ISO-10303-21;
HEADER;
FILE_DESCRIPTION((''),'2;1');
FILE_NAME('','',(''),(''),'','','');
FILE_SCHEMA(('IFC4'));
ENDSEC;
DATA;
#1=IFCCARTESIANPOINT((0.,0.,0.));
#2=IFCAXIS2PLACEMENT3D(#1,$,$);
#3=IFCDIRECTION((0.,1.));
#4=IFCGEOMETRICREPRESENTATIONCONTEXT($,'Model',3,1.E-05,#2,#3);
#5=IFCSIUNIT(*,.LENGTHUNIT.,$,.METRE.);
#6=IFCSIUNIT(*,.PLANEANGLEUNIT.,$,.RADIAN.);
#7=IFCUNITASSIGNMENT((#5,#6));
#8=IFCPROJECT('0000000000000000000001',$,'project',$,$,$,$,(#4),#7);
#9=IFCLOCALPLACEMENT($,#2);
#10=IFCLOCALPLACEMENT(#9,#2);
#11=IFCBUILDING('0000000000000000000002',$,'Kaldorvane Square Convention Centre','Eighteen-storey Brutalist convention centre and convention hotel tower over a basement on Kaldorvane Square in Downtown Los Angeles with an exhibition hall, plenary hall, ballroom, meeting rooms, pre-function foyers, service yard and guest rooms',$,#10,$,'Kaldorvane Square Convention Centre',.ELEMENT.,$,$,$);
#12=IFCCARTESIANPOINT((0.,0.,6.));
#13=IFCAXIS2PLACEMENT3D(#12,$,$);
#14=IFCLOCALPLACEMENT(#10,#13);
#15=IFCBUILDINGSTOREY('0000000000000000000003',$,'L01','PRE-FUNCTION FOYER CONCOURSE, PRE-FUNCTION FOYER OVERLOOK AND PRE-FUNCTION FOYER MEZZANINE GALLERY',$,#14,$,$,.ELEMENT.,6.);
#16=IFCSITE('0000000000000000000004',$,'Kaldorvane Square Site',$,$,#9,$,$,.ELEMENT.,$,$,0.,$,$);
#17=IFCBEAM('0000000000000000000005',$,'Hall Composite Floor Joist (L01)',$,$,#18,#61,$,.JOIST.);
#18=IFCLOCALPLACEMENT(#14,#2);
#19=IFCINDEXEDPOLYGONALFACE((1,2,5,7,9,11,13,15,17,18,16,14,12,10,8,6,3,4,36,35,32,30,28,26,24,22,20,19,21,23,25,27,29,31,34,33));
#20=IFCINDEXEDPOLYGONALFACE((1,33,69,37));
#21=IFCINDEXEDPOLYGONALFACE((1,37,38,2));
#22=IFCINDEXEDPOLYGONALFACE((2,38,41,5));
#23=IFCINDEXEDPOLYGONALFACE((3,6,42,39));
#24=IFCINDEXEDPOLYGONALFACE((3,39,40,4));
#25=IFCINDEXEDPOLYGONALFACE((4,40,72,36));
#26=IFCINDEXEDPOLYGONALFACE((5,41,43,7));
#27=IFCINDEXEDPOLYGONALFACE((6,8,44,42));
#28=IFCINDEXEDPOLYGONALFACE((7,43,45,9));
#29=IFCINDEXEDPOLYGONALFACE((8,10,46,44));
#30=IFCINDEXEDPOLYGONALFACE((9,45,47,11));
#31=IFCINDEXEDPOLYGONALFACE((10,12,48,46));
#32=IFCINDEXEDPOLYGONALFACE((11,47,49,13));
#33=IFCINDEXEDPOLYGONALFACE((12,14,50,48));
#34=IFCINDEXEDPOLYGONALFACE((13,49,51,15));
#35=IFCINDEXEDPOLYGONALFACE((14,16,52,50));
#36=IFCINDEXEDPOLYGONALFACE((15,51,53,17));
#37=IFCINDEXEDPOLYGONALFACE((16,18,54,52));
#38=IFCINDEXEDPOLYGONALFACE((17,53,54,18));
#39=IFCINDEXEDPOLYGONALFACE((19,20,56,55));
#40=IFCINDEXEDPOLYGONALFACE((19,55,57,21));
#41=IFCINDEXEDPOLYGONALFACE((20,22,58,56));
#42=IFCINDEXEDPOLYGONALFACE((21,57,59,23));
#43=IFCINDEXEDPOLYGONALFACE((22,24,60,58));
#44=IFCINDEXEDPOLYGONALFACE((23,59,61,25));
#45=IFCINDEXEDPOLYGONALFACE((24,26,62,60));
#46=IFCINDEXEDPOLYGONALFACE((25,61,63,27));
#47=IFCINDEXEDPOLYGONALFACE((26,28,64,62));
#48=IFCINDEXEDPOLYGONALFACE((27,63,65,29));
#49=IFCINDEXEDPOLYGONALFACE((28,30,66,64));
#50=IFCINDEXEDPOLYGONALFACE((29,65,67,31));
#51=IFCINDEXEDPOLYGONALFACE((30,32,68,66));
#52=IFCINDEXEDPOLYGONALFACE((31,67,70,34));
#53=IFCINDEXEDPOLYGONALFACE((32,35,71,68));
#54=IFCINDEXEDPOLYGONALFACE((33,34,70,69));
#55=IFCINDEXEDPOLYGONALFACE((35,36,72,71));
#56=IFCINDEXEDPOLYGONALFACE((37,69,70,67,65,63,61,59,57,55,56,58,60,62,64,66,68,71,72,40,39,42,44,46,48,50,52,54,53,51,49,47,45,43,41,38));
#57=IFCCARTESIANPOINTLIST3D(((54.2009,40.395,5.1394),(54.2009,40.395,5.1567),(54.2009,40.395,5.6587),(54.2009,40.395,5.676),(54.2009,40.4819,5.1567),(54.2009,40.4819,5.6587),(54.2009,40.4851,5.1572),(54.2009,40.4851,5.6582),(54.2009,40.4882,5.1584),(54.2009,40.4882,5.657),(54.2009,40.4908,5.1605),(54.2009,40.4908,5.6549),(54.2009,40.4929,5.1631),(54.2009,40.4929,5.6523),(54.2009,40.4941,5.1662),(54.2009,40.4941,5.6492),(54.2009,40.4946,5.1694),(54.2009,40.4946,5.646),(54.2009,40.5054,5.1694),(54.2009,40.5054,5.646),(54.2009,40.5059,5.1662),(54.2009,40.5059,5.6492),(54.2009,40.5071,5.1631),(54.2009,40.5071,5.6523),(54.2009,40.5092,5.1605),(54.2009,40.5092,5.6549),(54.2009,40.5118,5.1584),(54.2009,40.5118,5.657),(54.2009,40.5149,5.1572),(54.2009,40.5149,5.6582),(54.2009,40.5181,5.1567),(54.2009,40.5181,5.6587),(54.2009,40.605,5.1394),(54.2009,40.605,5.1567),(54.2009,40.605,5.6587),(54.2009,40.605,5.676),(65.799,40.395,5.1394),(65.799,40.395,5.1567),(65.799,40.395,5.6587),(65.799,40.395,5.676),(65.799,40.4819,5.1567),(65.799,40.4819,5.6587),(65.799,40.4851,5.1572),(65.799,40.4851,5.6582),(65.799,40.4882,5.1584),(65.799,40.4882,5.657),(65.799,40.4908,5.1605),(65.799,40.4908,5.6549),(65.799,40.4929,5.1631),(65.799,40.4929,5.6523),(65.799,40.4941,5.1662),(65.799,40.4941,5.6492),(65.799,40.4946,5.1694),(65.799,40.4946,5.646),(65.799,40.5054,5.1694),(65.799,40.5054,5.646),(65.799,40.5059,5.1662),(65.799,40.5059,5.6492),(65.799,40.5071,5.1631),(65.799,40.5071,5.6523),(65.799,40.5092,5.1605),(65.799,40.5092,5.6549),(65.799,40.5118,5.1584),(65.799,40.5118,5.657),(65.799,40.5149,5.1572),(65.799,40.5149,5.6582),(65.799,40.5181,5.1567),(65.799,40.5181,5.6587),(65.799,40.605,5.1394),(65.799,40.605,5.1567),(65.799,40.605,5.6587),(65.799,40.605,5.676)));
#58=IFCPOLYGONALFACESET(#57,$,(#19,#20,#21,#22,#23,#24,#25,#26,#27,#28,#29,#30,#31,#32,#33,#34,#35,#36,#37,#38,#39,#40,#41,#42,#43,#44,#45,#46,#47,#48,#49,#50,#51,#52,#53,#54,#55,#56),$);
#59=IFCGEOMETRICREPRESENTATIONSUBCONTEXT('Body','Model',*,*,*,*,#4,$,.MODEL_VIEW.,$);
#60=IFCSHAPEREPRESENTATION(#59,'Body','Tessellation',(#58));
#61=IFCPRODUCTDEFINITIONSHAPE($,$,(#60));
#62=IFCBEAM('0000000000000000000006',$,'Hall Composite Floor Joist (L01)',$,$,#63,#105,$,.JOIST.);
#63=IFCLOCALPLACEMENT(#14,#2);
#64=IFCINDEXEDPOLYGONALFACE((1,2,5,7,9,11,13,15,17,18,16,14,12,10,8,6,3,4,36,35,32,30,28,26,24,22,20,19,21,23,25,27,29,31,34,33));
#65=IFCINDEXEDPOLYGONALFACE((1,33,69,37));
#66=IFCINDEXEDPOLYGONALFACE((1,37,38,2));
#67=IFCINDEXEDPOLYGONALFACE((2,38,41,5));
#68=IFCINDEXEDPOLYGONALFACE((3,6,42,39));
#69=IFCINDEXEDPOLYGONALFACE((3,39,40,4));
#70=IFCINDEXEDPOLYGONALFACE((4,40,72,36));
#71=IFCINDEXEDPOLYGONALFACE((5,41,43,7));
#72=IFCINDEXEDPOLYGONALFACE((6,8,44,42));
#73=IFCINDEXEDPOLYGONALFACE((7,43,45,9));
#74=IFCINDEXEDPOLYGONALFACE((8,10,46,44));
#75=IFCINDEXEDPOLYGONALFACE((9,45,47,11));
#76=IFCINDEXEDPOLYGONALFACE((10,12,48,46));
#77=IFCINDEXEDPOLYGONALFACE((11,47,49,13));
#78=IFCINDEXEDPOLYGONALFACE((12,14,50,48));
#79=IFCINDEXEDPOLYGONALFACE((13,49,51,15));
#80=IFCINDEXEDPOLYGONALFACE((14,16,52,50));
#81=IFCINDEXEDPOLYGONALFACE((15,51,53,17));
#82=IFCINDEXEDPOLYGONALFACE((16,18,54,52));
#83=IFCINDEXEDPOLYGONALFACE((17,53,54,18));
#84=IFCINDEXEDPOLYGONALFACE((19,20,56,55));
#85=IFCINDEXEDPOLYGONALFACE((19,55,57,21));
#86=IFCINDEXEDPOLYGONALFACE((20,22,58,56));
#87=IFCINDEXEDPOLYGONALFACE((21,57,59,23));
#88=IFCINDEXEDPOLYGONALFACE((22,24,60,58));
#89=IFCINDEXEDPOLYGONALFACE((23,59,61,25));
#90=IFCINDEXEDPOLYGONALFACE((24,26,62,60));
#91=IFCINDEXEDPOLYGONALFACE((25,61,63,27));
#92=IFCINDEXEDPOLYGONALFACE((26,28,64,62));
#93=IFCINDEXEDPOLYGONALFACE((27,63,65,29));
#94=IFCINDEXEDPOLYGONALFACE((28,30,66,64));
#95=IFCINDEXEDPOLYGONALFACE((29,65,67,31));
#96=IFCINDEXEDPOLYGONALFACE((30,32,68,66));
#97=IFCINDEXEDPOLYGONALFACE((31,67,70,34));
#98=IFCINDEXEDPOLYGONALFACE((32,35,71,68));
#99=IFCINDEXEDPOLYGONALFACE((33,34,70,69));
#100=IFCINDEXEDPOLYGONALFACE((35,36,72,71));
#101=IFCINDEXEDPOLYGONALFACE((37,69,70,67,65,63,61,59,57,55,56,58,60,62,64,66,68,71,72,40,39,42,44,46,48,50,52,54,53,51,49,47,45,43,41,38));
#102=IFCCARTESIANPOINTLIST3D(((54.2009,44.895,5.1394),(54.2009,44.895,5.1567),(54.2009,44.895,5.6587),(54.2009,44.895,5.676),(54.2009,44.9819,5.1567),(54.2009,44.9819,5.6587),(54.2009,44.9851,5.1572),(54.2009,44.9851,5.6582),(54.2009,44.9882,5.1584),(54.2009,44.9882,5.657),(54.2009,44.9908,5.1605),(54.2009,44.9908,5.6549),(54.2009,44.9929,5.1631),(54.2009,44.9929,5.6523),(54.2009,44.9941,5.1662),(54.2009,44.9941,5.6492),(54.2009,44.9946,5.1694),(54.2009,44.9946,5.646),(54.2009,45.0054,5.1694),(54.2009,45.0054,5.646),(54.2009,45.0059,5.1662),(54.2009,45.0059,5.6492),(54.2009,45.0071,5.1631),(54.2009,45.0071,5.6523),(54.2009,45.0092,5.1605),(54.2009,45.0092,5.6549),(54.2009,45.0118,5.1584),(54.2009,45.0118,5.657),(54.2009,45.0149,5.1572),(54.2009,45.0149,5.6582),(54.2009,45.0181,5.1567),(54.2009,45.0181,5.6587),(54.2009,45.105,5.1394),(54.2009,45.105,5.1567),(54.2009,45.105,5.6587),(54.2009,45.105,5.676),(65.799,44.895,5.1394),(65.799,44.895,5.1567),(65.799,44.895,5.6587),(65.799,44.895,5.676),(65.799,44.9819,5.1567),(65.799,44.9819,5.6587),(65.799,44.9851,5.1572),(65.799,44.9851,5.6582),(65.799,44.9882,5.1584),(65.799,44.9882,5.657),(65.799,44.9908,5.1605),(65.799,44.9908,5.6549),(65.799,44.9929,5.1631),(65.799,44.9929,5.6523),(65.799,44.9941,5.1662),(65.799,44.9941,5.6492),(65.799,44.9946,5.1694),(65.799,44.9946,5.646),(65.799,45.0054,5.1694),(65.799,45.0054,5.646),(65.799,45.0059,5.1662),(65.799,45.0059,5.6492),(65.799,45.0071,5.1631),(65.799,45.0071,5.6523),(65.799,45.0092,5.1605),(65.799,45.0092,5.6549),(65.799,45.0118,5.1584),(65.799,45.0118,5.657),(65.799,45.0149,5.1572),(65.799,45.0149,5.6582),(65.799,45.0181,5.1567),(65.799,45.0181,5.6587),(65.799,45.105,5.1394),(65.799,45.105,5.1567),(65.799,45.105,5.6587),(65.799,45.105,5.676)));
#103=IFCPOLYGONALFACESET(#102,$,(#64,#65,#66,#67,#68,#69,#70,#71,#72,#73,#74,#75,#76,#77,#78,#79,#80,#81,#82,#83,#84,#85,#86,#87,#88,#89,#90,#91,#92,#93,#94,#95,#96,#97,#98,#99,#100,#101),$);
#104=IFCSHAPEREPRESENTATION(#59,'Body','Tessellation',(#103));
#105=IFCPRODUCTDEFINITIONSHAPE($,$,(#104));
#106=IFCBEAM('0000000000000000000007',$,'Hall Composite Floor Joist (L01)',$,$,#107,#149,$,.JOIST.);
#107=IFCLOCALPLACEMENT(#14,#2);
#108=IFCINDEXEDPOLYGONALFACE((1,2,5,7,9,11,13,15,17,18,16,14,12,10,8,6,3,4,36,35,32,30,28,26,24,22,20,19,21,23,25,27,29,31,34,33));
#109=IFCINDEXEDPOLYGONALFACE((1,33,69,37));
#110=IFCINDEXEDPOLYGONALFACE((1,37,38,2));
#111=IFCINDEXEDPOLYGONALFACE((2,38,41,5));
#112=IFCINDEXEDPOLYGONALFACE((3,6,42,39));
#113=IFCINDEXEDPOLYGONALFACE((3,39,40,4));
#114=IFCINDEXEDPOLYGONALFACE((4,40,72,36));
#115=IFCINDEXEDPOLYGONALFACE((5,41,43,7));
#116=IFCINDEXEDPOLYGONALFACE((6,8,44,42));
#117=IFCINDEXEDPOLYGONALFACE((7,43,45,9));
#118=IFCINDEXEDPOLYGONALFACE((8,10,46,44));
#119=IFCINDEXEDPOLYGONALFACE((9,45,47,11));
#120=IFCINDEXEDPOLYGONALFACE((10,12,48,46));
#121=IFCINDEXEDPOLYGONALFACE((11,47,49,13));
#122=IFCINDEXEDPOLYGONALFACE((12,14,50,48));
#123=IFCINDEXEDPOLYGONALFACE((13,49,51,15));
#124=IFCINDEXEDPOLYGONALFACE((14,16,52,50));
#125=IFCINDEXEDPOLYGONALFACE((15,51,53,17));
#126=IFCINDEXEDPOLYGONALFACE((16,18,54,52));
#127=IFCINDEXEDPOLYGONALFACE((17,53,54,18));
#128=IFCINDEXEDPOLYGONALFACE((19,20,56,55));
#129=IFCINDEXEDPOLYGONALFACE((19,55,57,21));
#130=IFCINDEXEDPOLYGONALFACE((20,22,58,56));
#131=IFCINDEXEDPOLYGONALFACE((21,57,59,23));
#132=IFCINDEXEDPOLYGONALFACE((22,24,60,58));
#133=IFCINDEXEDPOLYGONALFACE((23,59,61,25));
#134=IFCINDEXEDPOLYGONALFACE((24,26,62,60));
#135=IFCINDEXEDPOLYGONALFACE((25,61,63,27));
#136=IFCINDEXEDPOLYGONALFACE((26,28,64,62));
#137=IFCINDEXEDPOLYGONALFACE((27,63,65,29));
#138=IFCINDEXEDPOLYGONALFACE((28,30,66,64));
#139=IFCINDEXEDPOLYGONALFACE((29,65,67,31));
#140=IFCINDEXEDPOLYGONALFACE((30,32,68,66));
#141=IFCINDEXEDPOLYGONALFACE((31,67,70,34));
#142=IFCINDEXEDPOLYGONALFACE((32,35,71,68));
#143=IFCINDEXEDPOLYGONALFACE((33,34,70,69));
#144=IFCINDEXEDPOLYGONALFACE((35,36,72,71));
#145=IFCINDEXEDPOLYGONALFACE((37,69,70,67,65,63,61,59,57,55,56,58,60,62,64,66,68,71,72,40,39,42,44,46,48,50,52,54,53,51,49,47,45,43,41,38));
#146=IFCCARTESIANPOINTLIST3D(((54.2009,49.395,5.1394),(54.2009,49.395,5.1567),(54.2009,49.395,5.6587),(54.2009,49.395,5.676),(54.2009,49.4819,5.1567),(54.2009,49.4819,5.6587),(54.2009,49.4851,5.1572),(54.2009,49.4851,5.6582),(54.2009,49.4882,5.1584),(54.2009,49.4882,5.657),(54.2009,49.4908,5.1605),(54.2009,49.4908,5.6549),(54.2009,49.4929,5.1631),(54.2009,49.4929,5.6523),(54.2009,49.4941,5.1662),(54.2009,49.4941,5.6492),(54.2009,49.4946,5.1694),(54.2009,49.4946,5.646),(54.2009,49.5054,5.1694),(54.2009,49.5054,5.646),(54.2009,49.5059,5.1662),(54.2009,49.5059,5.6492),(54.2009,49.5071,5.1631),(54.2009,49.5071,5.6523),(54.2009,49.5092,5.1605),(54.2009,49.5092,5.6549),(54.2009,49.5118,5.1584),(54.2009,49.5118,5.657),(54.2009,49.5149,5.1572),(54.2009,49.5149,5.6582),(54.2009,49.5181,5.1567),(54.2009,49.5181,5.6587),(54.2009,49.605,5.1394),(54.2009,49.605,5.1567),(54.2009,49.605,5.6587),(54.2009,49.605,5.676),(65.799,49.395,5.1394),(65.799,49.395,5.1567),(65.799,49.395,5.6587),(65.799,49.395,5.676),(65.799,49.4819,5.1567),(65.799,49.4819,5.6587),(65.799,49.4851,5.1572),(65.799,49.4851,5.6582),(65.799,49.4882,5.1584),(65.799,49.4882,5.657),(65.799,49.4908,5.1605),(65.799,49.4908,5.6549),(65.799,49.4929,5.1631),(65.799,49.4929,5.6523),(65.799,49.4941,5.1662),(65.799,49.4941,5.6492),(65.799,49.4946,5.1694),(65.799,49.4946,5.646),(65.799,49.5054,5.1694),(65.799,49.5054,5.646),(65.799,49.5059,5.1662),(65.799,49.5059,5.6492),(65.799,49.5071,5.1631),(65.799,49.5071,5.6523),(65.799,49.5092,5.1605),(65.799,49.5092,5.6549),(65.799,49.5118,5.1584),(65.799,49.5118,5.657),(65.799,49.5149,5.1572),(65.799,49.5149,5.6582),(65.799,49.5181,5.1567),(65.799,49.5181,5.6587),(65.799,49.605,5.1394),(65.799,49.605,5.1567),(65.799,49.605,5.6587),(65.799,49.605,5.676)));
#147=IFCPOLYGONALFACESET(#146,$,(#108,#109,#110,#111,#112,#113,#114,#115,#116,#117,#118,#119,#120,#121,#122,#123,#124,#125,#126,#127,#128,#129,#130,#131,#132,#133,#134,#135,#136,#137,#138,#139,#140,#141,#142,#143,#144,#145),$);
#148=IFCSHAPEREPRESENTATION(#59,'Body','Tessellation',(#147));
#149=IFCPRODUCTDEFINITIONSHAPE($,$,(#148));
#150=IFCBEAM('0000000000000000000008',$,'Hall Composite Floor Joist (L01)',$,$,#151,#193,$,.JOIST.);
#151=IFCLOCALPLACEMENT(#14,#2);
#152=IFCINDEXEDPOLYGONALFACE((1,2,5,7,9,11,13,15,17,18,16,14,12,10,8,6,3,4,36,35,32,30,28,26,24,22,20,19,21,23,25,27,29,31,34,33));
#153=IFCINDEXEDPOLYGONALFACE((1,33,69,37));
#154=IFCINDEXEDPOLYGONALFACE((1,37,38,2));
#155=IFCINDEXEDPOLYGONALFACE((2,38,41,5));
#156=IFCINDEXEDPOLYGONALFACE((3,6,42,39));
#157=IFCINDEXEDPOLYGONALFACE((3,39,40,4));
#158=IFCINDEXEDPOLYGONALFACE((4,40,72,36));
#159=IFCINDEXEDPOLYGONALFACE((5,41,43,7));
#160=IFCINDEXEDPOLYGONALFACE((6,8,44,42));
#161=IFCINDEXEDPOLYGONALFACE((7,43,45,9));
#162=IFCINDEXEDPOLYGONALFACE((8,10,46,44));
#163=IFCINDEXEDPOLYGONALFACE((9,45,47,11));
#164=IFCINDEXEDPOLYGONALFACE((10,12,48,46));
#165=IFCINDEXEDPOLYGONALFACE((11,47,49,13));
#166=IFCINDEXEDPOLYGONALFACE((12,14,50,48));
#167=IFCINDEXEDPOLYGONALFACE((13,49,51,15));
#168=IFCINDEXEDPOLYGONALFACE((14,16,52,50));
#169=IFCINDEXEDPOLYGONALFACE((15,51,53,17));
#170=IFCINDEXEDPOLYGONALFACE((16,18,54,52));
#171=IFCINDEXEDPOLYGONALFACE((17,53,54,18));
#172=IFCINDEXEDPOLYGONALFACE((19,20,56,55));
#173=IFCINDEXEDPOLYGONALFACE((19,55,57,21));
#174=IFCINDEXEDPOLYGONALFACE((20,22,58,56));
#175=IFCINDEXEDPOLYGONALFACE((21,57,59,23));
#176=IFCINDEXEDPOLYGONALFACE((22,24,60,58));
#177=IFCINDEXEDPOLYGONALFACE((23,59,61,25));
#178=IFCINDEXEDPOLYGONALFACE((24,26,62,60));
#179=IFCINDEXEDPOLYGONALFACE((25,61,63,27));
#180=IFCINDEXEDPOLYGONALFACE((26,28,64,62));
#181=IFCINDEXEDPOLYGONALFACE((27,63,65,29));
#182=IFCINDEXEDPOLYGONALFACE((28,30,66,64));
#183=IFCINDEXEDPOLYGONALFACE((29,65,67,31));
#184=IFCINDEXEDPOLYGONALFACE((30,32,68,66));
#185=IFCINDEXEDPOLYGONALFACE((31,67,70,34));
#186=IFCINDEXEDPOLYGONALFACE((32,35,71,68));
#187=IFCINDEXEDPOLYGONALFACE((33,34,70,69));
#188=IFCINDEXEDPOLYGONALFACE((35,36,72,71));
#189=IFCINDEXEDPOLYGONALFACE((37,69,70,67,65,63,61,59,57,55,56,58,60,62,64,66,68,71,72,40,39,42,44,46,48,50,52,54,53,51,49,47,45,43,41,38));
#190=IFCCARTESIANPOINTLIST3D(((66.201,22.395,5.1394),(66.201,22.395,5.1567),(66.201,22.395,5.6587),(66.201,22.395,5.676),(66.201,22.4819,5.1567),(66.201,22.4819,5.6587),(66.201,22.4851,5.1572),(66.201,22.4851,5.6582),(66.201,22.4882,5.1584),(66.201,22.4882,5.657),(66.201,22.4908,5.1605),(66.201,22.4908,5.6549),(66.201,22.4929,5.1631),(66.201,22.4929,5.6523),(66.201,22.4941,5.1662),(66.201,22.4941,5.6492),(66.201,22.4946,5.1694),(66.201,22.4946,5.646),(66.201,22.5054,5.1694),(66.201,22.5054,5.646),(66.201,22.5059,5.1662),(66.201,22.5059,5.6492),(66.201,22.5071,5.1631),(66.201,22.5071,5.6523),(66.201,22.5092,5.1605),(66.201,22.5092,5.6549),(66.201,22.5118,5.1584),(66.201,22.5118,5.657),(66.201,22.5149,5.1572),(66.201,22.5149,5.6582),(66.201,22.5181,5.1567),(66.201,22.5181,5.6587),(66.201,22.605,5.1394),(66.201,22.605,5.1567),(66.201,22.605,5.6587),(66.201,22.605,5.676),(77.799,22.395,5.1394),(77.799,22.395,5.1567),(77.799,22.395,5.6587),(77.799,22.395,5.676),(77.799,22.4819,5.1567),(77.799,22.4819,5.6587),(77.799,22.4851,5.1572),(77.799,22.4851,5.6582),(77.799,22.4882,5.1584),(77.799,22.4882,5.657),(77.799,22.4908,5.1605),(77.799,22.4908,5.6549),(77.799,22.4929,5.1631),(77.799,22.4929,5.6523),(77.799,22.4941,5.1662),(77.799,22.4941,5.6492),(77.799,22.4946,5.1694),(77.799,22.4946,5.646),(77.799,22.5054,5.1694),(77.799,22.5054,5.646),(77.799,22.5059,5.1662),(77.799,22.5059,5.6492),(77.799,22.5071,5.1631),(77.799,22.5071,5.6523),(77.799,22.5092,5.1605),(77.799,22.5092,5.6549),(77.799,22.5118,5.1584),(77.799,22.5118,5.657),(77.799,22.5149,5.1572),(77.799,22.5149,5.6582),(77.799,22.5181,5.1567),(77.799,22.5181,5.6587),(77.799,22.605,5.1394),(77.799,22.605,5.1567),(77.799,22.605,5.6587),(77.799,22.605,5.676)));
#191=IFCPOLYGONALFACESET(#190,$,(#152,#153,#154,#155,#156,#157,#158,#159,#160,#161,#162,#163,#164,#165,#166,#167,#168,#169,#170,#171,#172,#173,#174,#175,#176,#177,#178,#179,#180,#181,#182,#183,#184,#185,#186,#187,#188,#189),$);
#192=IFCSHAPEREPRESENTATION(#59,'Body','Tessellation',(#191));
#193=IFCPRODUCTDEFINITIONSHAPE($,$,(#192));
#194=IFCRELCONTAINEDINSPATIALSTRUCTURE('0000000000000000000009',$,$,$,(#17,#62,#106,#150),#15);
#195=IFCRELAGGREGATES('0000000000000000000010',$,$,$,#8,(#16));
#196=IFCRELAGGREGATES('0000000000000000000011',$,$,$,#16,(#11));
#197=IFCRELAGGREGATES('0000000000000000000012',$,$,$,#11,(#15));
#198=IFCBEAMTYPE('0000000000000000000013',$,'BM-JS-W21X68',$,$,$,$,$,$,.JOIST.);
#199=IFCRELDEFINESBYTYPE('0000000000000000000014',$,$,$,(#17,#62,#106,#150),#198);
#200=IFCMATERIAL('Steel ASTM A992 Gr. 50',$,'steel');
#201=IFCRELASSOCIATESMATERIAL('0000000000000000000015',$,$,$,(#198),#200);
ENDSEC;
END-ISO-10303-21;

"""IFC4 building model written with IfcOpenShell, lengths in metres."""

from ifc_helpers import new_model, si_unit, direction, frame, origin, origin_2d, place, context, subcontext, project, spatial, i_section, extrude, material, material_profile, profile_set, type_object, element, save


model = new_model("IFC4")

# Units and contexts
model_context = context("Model", 3, precision=1e-05, world=origin(), true_north=direction((0.0, 1.0)))
body_context = subcontext(model_context, "Body", "Model", "MODEL_VIEW")
ifc_project = project(units=[si_unit("LENGTHUNIT", "METRE"), si_unit("PLANEANGLEUNIT", "RADIAN")], contexts=[model_context])

# Site, building, storey
site_placement = place(None, origin())
site = spatial("IfcSite", under=ifc_project, at=site_placement, Name="Kaldorvane Square Site", CompositionType="ELEMENT", RefElevation=0.0)
building_placement = place(site_placement, origin())
building = spatial("IfcBuilding", under=site, at=building_placement, Name="Kaldorvane Square Convention Centre", Description="Eighteen-storey Brutalist convention centre and convention hotel tower over a basement on Kaldorvane Square in Downtown Los Angeles with an exhibition hall, plenary hall, ballroom, meeting rooms, pre-function foyers, service yard and guest rooms", LongName="Kaldorvane Square Convention Centre", CompositionType="ELEMENT")
storey_placement = place(building_placement, frame((0.0, 0.0, 6.0)))
storey = spatial("IfcBuildingStorey", under=building, at=storey_placement, Name="L01", Description="PRE-FUNCTION FOYER CONCOURSE, PRE-FUNCTION FOYER OVERLOOK AND PRE-FUNCTION FOYER MEZZANINE GALLERY", CompositionType="ELEMENT", Elevation=6.0)

# Beams
ifc_material = material(Name="Steel ASTM A992 Gr. 50", Category="steel")
ifc_material_profile_1 = material_profile(ifc_material, i_section(OverallWidth=0.2101, OverallDepth=0.5367, WebThickness=0.0109, FlangeThickness=0.0174, FilletRadius=0.0127, at=origin_2d()), Name="W21X68")
ifc_profile_set_1 = profile_set([ifc_material_profile_1], Name="Steel ASTM A992 Gr. 50")
beam_type_1 = type_object("IfcBeamType", Name="BM-JS-W21X68", PredefinedType="JOIST", material=ifc_profile_set_1)
for number, where, z_axis, x_axis, name in (
    (1, (54.2009, 40.5, 5.4077), (1.0, 0.0, 0.0), (0.0, 1.0, 0.0), "Hall Composite Floor Joist (L01)"),
    (2, (54.2009, 45.0, 5.4077), (1.0, 0.0, 0.0), (0.0, 1.0, 0.0), "Hall Composite Floor Joist (L01)"),
    (3, (54.2009, 49.5, 5.4077), (1.0, 0.0, 0.0), (0.0, 1.0, 0.0), "Hall Composite Floor Joist (L01)"),
):
    element("IfcBeam", number, at=place(storey_placement, frame(where, z_axis=z_axis, x_axis=x_axis)), inside=storey, type_object=beam_type_1, Name=name, PredefinedType="JOIST", context=body_context, shape_type="SweptSolid", body=[
        extrude(i_section(OverallWidth=0.2101, OverallDepth=0.5367, WebThickness=0.0109, FlangeThickness=0.0174, FilletRadius=0.0127, at=origin_2d()), origin(), (0.0, 0.0, 1.0), 11.5981),
    ])
for number, where, z_axis, x_axis, name in (
    (4, (66.201, 22.5, 5.4077), (1.0, 0.0, 0.0), (0.0, 1.0, 0.0), "Hall Composite Floor Joist (L01)"),
):
    element("IfcBeam", number, at=place(storey_placement, frame(where, z_axis=z_axis, x_axis=x_axis)), inside=storey, type_object=beam_type_1, Name=name, PredefinedType="JOIST", context=body_context, shape_type="SweptSolid", body=[
        extrude(i_section(OverallWidth=0.2101, OverallDepth=0.5367, WebThickness=0.0109, FlangeThickness=0.0174, FilletRadius=0.0127, at=origin_2d()), origin(), (0.0, 0.0, 1.0), 11.598),
    ])

save(model, "model.ifc")
